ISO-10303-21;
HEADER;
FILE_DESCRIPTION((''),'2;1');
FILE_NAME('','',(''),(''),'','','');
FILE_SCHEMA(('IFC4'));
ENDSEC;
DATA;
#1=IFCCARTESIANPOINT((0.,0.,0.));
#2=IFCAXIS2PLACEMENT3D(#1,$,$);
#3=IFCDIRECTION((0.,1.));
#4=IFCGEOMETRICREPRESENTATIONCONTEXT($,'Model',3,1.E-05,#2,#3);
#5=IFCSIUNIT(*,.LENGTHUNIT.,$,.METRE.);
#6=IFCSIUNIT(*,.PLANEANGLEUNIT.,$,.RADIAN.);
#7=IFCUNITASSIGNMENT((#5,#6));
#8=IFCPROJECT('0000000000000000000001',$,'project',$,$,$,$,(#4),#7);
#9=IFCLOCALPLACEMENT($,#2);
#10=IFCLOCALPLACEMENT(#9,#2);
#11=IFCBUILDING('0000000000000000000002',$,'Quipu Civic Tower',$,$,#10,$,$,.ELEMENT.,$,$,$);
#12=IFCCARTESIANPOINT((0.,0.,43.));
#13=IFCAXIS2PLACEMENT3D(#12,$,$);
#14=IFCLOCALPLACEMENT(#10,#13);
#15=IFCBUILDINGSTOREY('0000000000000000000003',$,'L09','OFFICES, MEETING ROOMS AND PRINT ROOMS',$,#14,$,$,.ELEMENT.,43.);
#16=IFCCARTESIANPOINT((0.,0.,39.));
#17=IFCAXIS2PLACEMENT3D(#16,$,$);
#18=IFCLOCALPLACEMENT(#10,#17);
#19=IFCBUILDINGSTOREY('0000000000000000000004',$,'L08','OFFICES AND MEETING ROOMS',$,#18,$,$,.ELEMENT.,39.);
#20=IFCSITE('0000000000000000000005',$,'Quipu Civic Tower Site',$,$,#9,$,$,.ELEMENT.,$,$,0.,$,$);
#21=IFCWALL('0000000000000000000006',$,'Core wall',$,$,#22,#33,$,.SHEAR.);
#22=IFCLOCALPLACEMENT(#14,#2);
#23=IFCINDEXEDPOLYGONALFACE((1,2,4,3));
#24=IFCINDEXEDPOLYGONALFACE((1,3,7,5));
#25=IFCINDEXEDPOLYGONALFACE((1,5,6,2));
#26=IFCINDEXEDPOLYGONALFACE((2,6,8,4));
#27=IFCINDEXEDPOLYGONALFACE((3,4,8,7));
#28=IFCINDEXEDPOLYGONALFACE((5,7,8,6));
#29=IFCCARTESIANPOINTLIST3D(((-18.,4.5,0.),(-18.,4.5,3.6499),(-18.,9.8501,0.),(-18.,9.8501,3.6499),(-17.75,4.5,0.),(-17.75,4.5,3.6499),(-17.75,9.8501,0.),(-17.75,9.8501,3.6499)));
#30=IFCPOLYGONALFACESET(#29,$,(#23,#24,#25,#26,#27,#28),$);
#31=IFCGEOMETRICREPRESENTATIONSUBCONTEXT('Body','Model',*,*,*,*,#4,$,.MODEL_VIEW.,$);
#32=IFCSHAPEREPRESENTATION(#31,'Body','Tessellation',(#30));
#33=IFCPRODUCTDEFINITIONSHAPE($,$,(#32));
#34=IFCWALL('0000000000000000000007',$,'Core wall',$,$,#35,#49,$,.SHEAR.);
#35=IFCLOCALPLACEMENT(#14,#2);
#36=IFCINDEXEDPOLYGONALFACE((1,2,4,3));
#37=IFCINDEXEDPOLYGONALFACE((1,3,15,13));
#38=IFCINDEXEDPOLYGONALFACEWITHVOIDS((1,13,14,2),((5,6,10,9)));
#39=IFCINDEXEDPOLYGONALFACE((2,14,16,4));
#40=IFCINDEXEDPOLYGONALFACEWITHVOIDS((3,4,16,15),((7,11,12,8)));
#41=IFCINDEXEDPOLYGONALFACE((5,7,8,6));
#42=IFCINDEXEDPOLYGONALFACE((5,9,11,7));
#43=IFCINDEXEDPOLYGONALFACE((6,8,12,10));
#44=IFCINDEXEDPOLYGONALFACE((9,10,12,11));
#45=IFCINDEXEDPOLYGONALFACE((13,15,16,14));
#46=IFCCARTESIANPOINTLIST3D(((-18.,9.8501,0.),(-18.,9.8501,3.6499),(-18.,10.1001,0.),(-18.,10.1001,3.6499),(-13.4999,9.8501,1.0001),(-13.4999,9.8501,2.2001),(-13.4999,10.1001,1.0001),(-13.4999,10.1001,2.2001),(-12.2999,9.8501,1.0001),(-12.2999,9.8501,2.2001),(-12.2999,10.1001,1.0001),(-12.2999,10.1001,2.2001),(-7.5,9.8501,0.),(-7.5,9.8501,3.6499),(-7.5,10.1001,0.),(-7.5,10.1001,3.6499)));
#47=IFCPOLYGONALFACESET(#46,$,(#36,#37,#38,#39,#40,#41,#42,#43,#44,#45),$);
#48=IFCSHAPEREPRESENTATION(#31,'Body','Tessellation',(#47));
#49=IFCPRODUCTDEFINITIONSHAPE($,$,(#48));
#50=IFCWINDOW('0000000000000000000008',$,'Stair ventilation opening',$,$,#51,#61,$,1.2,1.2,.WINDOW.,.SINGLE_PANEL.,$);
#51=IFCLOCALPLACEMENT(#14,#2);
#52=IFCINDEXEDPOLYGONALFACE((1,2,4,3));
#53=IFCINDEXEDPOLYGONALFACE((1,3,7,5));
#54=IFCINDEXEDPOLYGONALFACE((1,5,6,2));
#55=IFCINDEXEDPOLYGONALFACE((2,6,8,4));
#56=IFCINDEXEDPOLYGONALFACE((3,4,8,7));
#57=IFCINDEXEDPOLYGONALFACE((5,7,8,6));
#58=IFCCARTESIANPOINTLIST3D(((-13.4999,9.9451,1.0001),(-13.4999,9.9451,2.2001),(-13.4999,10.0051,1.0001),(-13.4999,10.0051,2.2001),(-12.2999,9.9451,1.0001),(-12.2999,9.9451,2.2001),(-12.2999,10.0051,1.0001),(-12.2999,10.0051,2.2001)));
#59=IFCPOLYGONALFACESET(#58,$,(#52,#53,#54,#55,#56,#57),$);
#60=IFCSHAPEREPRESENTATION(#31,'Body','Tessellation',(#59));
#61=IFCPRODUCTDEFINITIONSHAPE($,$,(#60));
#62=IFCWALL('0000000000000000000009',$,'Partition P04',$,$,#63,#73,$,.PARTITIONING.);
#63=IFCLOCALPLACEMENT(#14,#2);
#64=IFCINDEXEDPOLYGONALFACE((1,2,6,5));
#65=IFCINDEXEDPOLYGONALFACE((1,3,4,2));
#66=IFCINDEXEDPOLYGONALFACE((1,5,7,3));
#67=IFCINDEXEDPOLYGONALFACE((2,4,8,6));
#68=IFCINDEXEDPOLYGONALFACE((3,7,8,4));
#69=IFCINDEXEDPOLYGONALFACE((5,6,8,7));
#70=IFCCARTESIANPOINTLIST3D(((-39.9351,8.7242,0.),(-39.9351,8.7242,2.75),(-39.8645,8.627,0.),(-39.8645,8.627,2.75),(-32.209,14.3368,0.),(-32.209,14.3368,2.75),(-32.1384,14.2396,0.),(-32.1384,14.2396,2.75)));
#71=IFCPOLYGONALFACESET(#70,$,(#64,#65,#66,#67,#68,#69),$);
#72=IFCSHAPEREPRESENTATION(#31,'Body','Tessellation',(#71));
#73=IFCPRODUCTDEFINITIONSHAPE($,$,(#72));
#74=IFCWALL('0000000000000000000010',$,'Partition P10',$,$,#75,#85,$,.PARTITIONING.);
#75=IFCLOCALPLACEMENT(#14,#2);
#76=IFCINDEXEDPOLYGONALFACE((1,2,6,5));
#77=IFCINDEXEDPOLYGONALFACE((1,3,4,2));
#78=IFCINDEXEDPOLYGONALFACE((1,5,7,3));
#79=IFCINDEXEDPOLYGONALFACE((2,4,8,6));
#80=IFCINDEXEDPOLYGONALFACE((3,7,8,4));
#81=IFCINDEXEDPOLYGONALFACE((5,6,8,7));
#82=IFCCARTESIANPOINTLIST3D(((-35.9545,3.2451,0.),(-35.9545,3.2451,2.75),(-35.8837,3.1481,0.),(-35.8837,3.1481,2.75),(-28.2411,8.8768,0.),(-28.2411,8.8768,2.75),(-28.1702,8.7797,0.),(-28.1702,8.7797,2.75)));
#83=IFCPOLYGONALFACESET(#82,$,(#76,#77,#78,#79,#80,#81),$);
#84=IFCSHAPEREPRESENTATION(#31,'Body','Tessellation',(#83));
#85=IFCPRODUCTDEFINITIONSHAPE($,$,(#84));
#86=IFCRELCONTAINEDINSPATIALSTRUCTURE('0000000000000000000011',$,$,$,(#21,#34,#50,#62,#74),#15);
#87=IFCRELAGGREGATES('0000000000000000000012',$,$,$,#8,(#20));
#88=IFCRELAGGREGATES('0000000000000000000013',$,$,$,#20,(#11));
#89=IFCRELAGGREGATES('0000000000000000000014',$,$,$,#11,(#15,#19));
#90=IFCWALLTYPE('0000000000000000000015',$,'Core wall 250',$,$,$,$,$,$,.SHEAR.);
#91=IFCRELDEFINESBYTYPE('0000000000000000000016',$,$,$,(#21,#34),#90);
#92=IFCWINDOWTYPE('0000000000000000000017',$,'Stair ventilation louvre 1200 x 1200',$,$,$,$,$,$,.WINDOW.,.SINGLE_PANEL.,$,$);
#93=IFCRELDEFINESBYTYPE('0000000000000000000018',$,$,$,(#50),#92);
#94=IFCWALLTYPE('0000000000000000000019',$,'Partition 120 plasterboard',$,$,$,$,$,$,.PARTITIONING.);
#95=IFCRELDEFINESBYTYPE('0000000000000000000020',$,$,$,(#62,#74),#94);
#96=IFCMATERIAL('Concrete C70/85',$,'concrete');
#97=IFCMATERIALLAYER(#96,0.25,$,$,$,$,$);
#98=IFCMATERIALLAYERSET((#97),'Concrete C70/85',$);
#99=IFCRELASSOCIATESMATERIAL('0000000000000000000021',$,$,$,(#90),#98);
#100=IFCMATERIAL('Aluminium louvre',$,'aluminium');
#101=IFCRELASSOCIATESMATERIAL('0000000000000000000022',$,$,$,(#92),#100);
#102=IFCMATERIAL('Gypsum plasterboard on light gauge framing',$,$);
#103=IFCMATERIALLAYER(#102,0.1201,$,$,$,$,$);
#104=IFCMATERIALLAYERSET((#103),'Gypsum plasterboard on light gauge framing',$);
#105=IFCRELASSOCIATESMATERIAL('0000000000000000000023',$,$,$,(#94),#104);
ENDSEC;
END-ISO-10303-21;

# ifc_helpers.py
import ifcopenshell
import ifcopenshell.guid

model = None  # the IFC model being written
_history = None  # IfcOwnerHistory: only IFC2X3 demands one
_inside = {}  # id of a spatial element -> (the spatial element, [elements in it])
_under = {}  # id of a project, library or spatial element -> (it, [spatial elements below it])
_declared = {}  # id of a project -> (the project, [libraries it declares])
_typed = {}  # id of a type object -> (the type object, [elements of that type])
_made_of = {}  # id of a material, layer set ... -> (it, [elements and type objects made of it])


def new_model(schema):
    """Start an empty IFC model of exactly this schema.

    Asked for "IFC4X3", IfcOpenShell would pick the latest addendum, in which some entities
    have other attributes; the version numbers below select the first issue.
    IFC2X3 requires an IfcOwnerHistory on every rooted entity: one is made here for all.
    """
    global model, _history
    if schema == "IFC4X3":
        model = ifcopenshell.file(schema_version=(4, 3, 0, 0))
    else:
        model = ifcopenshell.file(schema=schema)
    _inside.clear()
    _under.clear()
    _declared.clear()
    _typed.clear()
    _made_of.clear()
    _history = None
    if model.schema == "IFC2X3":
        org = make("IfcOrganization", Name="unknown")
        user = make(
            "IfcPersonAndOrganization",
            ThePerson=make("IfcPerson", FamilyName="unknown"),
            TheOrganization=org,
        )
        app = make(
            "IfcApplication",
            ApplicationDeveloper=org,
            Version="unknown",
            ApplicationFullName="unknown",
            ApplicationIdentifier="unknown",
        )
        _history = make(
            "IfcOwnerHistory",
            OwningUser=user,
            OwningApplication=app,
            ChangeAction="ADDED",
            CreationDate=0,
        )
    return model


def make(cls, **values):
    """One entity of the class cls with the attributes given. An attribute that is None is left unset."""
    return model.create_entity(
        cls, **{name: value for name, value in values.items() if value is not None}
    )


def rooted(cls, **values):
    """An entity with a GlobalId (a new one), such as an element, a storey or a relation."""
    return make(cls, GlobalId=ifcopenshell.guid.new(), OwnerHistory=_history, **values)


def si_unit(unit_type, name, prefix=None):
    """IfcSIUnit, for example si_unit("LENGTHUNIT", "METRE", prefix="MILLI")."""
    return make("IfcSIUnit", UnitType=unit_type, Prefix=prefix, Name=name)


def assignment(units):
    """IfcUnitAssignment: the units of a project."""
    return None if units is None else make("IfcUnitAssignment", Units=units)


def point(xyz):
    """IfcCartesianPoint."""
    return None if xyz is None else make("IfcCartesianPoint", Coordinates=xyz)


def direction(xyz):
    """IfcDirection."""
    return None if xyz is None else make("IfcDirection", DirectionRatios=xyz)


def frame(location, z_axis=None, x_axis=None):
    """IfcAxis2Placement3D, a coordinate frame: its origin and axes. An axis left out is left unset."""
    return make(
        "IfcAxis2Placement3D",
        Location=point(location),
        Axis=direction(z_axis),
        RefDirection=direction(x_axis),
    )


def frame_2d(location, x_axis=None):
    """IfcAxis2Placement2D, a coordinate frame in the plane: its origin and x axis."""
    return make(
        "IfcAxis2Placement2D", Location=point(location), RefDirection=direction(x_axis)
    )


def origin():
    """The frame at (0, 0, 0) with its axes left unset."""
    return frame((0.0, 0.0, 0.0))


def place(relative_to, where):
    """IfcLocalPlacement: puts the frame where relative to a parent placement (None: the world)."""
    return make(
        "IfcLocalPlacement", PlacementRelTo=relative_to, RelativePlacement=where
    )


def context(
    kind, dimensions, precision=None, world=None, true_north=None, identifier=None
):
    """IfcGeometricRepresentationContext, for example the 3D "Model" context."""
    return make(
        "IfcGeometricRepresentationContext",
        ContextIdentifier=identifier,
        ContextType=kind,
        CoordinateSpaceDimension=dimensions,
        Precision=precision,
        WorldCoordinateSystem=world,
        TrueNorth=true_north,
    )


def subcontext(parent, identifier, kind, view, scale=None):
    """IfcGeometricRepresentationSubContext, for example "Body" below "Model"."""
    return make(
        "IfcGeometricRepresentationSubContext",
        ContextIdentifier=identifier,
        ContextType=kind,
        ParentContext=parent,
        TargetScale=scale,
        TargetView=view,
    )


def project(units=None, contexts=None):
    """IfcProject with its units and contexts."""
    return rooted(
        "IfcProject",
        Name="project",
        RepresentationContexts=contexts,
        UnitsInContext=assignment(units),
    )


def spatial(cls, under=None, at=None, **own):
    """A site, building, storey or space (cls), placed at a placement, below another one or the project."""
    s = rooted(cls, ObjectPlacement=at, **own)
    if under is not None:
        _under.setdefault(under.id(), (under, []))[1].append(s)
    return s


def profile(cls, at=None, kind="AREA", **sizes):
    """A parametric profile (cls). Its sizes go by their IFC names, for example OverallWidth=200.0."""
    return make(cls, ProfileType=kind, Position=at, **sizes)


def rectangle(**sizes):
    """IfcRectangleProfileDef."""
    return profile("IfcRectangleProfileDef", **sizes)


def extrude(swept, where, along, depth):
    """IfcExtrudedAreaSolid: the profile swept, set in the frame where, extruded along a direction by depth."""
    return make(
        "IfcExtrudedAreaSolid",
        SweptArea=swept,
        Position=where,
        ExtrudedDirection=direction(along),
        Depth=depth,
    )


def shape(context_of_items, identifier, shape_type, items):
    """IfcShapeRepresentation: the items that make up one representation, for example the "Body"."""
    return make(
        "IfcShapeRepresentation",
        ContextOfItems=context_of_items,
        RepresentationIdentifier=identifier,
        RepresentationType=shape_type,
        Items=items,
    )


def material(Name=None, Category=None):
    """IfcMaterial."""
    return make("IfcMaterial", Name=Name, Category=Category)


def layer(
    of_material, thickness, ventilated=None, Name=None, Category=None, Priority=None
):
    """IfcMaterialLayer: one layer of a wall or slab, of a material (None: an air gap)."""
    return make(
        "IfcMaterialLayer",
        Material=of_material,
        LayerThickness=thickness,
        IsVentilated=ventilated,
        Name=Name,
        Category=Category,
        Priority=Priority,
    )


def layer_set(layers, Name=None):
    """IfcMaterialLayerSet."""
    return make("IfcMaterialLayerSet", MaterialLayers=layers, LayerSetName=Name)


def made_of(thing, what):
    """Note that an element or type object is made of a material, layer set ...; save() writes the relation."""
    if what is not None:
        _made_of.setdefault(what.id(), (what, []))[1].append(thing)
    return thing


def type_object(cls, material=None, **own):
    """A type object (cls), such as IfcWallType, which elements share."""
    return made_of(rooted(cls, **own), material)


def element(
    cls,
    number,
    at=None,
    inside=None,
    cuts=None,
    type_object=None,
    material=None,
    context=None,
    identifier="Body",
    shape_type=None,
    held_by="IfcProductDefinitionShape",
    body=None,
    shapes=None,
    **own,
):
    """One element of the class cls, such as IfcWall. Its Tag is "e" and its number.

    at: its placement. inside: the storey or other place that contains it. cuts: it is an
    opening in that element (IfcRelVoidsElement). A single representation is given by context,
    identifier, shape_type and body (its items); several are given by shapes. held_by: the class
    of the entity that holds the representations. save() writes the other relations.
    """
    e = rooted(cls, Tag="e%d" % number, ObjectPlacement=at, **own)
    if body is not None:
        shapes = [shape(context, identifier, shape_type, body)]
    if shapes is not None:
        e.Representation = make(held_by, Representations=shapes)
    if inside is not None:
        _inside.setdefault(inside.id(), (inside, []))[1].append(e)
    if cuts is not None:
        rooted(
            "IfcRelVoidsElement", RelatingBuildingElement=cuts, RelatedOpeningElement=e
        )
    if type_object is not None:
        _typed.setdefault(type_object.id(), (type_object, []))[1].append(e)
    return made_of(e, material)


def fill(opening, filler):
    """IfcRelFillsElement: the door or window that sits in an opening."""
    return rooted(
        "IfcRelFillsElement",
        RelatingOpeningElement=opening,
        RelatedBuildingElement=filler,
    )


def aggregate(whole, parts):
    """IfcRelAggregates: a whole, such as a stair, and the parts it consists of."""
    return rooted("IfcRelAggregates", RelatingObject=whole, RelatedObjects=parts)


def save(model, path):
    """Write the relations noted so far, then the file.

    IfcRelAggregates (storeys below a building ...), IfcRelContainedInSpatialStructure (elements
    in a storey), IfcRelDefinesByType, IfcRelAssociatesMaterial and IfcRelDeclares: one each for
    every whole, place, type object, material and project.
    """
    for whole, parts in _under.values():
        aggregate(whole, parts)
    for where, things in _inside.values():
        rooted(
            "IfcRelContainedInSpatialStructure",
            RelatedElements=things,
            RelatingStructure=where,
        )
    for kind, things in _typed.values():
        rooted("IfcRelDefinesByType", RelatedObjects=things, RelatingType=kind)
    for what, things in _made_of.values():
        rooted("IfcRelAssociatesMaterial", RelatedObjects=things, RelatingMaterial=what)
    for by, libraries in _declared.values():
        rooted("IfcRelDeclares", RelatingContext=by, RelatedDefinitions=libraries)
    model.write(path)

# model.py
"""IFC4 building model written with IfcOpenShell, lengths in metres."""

from ifc_helpers import new_model, si_unit, direction, frame, frame_2d, origin, place, context, subcontext, project, spatial, rectangle, extrude, material, layer, layer_set, type_object, element, fill, save


model = new_model("IFC4")

# Units and contexts
model_context = context("Model", 3, precision=1e-05, world=origin(), true_north=direction((0.0, 1.0)))
body_context = subcontext(model_context, "Body", "Model", "MODEL_VIEW")
ifc_project = project(units=[si_unit("LENGTHUNIT", "METRE"), si_unit("PLANEANGLEUNIT", "RADIAN")], contexts=[model_context])

# Site, building, storey
site_placement = place(None, origin())
site = spatial("IfcSite", under=ifc_project, at=site_placement, Name="Quipu Civic Tower Site", CompositionType="ELEMENT", RefElevation=0.0)
building_placement = place(site_placement, origin())
building = spatial("IfcBuilding", under=site, at=building_placement, Name="Quipu Civic Tower", CompositionType="ELEMENT")
storey_1_placement = place(building_placement, frame((0.0, 0.0, 43.0)))
storey_1 = spatial("IfcBuildingStorey", under=building, at=storey_1_placement, Name="L09", Description="OFFICES, MEETING ROOMS AND PRINT ROOMS", CompositionType="ELEMENT", Elevation=43.0)

# Shared definitions
storey_2_placement = place(building_placement, frame((0.0, 0.0, 39.0)))
storey_2 = spatial("IfcBuildingStorey", under=building, at=storey_2_placement, Name="L08", Description="OFFICES AND MEETING ROOMS", CompositionType="ELEMENT", Elevation=39.0)

# Shared definitions
ifc_material_1 = material(Name="Concrete C70/85", Category="concrete")
ifc_layer_1 = layer(ifc_material_1, 0.25)
ifc_layer_set_1 = layer_set([ifc_layer_1], Name="Concrete C70/85")
wall_type_1 = type_object("IfcWallType", Name="Core wall 250", PredefinedType="SHEAR", material=ifc_layer_set_1)

# Wall
wall_1_placement = place(storey_1_placement, frame((-17.875, 4.5, 0.0), z_axis=(0.0, 0.0, 1.0), x_axis=(0.0, 1.0, 0.0)))
element("IfcWall", 1, at=wall_1_placement, inside=storey_1, type_object=wall_type_1, Name="Core wall", PredefinedType="SHEAR", context=body_context, shape_type="SweptSolid", body=[
    extrude(rectangle(XDim=5.3501, YDim=0.25, at=frame_2d((2.675, 0.0))), origin(), (0.0, 0.0, 1.0), 3.6499),
])

# Wall, opening, window
wall_2_placement = place(storey_1_placement, frame((-18.0, 9.9751, 0.0), z_axis=(0.0, 0.0, 1.0), x_axis=(1.0, 0.0, 0.0)))
wall_2 = element("IfcWall", 2, at=wall_2_placement, inside=storey_1, type_object=wall_type_1, Name="Core wall", PredefinedType="SHEAR", context=body_context, shape_type="SweptSolid", body=[
    extrude(rectangle(XDim=10.5, YDim=0.25, at=frame_2d((5.25, 0.0))), origin(), (0.0, 0.0, 1.0), 3.6499),
])
opening_1_placement = place(wall_2_placement, frame((4.5, 0.0, 1.0)))
opening_1 = element("IfcOpeningElement", 3, at=opening_1_placement, cuts=wall_2, PredefinedType="OPENING", context=body_context, shape_type="SweptSolid", body=[
    extrude(rectangle(XDim=1.2, YDim=1.2, at=frame_2d((0.6001, 0.6001))), frame((0.0, 0.135, 0.0), z_axis=(0.0, -1.0, 0.0), x_axis=(1.0, 0.0, 0.0)), (0.0, 0.0, 1.0), 0.27),
])
ifc_material_2 = material(Name="Aluminium louvre", Category="aluminium")
window_type = type_object("IfcWindowType", Name="Stair ventilation louvre 1200 x 1200", PartitioningType="SINGLE_PANEL", PredefinedType="WINDOW", material=ifc_material_2)
window_placement = place(opening_1_placement, origin())
window = element("IfcWindow", 4, at=window_placement, inside=storey_1, type_object=window_type, Name="Stair ventilation opening", OverallHeight=1.2, OverallWidth=1.2, PartitioningType="SINGLE_PANEL", PredefinedType="WINDOW", context=body_context, shape_type="SweptSolid", body=[
    extrude(rectangle(XDim=1.2, YDim=1.2, at=frame_2d((0.6001, 0.6001))), frame((0.0, 0.03, 0.0), z_axis=(0.0, -1.0, 0.0), x_axis=(1.0, 0.0, 0.0)), (0.0, 0.0, 1.0), 0.0601),
])
fill(opening_1, window)

# Walls
ifc_material_3 = material(Name="Gypsum plasterboard on light gauge framing")
ifc_layer_2 = layer(ifc_material_3, 0.1201)
ifc_layer_set_2 = layer_set([ifc_layer_2], Name="Gypsum plasterboard on light gauge framing")
wall_type_2 = type_object("IfcWallType", Name="Partition 120 plasterboard", PredefinedType="PARTITIONING", material=ifc_layer_set_2)
wall_3_placement = place(storey_1_placement, frame((-39.8999, 8.6755, 0.0), z_axis=(0.0, 0.0, 1.0), x_axis=(0.809055, 0.587732, 0.0)))
element("IfcWall", 5, at=wall_3_placement, inside=storey_1, type_object=wall_type_2, Name="Partition P04", PredefinedType="PARTITIONING", context=body_context, shape_type="SweptSolid", body=[
    extrude(rectangle(XDim=9.5496, YDim=0.1201, at=frame_2d((4.7749, 0.0))), origin(), (0.0, 0.0, 1.0), 2.75),
])
wall_4_placement = place(storey_1_placement, frame((-35.9192, 3.1965, 0.0), z_axis=(0.0, 0.0, 1.0), x_axis=(0.807646, 0.589668, 0.0)))
element("IfcWall", 6, at=wall_4_placement, inside=storey_1, type_object=wall_type_2, Name="Partition P10", PredefinedType="PARTITIONING", context=body_context, shape_type="SweptSolid", body=[
    extrude(rectangle(XDim=9.5505, YDim=0.1201, at=frame_2d((4.7754, 0.0))), origin(), (0.0, 0.0, 1.0), 2.75),
])

save(model, "model.ifc")
